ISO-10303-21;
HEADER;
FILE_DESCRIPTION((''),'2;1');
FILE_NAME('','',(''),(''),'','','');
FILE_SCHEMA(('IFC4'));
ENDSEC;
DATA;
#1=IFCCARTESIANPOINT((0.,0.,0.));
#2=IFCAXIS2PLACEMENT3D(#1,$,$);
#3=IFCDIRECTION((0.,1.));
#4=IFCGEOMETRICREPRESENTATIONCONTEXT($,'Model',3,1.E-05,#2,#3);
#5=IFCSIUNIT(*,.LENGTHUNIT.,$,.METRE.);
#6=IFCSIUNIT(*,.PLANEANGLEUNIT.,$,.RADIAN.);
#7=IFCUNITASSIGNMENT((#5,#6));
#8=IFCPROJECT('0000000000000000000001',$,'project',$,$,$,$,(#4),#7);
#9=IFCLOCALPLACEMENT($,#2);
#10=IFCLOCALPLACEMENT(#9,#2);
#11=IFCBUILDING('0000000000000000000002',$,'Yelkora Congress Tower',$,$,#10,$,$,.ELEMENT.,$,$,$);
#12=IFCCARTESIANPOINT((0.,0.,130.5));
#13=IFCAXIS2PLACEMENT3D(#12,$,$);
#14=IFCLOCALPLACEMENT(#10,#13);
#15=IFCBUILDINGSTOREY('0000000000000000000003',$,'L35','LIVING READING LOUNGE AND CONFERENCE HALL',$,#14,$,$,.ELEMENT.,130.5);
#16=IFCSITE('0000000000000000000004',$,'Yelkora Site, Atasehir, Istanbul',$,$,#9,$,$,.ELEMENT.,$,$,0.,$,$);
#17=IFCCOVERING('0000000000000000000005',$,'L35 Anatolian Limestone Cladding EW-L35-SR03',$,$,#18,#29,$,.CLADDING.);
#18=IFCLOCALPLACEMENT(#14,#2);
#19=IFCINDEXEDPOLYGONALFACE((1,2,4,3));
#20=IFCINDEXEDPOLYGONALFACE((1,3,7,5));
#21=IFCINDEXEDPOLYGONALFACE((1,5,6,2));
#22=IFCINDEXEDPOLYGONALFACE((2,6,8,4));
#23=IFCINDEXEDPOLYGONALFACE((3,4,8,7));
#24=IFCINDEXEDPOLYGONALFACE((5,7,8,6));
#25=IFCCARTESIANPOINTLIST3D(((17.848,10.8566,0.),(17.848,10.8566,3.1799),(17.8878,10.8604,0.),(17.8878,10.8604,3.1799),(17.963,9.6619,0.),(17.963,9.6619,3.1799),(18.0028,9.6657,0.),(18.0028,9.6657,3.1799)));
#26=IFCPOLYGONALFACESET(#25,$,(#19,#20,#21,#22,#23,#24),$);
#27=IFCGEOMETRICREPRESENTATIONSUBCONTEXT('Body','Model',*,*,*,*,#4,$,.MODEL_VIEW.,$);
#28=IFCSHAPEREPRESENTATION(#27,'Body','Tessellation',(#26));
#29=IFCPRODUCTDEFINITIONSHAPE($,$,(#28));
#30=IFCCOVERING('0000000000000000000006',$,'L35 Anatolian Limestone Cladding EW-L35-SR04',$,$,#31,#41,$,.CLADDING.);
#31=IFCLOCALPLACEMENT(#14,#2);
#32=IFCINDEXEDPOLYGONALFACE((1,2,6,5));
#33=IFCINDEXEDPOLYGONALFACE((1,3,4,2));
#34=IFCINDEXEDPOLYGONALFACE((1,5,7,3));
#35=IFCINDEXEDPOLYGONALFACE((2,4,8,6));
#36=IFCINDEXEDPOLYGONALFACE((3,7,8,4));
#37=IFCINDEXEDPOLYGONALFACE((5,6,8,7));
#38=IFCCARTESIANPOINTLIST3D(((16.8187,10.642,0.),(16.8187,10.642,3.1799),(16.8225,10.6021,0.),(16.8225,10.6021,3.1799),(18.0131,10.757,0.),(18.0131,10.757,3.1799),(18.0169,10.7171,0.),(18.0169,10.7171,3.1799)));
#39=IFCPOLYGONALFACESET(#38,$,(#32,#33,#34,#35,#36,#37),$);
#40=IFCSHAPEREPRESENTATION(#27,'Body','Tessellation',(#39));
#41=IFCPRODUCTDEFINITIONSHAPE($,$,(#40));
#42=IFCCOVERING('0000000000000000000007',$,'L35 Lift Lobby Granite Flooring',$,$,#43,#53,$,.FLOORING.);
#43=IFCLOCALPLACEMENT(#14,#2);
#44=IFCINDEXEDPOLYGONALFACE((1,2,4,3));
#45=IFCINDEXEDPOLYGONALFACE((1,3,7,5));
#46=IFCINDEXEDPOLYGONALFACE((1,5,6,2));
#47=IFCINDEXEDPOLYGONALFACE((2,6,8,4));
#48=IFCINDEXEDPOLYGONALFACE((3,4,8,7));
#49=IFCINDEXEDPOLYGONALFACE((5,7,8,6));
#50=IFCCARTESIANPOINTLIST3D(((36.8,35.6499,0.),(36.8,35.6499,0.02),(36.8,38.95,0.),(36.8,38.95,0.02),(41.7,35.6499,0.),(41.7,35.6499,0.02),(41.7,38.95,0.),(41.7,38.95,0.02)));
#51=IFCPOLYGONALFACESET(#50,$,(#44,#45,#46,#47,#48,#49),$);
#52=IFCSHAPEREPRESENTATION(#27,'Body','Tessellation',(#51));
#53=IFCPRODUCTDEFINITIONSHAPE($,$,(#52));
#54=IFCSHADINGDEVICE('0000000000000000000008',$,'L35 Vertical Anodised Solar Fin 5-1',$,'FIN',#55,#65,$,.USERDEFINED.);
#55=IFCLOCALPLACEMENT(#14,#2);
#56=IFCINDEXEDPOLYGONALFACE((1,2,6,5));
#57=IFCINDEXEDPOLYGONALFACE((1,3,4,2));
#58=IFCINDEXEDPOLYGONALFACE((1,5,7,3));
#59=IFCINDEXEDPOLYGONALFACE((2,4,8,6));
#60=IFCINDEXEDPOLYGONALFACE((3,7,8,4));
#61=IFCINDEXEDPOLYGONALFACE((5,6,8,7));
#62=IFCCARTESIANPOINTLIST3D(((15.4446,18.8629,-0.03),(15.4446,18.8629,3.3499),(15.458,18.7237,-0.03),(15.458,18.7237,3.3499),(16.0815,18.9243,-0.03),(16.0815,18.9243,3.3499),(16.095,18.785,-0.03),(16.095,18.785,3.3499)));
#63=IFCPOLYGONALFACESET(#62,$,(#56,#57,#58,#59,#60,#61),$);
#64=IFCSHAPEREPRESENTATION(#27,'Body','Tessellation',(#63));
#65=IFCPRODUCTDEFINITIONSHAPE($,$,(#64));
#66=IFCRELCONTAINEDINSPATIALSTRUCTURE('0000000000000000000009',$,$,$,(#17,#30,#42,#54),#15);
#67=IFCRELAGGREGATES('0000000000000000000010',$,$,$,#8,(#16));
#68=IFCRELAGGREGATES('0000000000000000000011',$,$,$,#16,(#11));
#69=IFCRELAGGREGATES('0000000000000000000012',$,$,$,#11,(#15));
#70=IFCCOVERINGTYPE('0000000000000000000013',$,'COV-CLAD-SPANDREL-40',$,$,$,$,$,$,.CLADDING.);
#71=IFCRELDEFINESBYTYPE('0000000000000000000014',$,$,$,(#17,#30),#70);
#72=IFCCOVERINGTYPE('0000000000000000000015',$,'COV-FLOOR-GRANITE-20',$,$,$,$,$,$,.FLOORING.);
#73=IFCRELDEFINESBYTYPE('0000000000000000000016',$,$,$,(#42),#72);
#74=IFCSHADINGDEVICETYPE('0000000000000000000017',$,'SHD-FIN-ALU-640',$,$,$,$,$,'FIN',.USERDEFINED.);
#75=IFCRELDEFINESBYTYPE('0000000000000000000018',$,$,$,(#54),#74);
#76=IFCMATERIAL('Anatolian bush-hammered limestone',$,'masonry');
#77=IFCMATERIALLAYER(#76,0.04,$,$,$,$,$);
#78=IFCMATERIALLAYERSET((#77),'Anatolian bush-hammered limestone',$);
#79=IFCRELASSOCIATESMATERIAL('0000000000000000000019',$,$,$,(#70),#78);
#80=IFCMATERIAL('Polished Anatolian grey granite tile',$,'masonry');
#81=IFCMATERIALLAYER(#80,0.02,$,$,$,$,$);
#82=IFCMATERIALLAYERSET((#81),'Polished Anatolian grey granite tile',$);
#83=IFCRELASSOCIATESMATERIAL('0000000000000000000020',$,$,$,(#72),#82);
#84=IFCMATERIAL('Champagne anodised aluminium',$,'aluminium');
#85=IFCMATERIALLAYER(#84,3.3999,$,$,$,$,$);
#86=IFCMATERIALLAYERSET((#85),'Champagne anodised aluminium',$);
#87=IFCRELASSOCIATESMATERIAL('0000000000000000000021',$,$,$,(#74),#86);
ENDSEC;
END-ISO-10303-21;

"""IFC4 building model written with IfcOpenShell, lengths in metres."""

from ifc_helpers import new_model, si_unit, direction, frame, frame_2d, origin, origin_2d, place, context, subcontext, project, spatial, polyline, rectangle, outline, extrude, material, layer, layer_set, type_object, element, save


model = new_model("IFC4")

# Units and contexts
model_context = context("Model", 3, precision=1e-05, world=origin(), true_north=direction((0.0, 1.0)))
body_context = subcontext(model_context, "Body", "Model", "MODEL_VIEW")
ifc_project = project(units=[si_unit("LENGTHUNIT", "METRE"), si_unit("PLANEANGLEUNIT", "RADIAN")], contexts=[model_context])

# Site, building, storey
site_placement = place(None, origin())
site = spatial("IfcSite", under=ifc_project, at=site_placement, Name="Yelkora Site, Atasehir, Istanbul", CompositionType="ELEMENT", RefElevation=0.0)
building_placement = place(site_placement, origin())
building = spatial("IfcBuilding", under=site, at=building_placement, Name="Yelkora Congress Tower", CompositionType="ELEMENT")
storey_placement = place(building_placement, frame((0.0, 0.0, 130.5)))
storey = spatial("IfcBuildingStorey", under=building, at=storey_placement, Name="L35", Description="LIVING READING LOUNGE AND CONFERENCE HALL", CompositionType="ELEMENT", Elevation=130.5)

# Coverings
ifc_material_1 = material(Name="Anatolian bush-hammered limestone", Category="masonry")
ifc_layer_1 = layer(ifc_material_1, 0.04)
ifc_layer_set_1 = layer_set([ifc_layer_1], Name="Anatolian bush-hammered limestone")
covering_type_1 = type_object("IfcCoveringType", Name="COV-CLAD-SPANDREL-40", PredefinedType="CLADDING", material=ifc_layer_set_1)
for number, where, z_axis, x_axis, name in (
    (1, (17.9829, 9.6638, 0.0), (0.0, 0.0, 1.0), (-0.095817, 0.995399, 0.0), "L35 Anatolian Limestone Cladding EW-L35-SR03"),
):
    element("IfcCovering", number, at=place(storey_placement, frame(where, z_axis=z_axis, x_axis=x_axis)), inside=storey, type_object=covering_type_1, Name=name, PredefinedType="CLADDING", context=body_context, shape_type="SweptSolid", body=[
        extrude(rectangle(XDim=1.2002, YDim=0.04, at=frame_2d((0.6001, 0.0))), origin(), (0.0, 0.0, 1.0), 3.1799),
    ])
covering_1_placement = place(storey_placement, frame((18.0151, 10.7371, 0.0), z_axis=(0.0, 0.0, 1.0), x_axis=(-0.995397, -0.095836, 0.0)))
element("IfcCovering", 2, at=covering_1_placement, inside=storey, type_object=covering_type_1, Name="L35 Anatolian Limestone Cladding EW-L35-SR04", PredefinedType="CLADDING", context=body_context, shape_type="SweptSolid", body=[
    extrude(rectangle(XDim=1.2, YDim=0.04, at=frame_2d((0.6001, 0.0))), origin(), (0.0, 0.0, 1.0), 3.1799),
])
ifc_material_2 = material(Name="Polished Anatolian grey granite tile", Category="masonry")
ifc_layer_2 = layer(ifc_material_2, 0.02)
ifc_layer_set_2 = layer_set([ifc_layer_2], Name="Polished Anatolian grey granite tile")
covering_type_2 = type_object("IfcCoveringType", Name="COV-FLOOR-GRANITE-20", PredefinedType="FLOORING", material=ifc_layer_set_2)
covering_2_placement = place(storey_placement, origin())
element("IfcCovering", 3, at=covering_2_placement, inside=storey, type_object=covering_type_2, Name="L35 Lift Lobby Granite Flooring", PredefinedType="FLOORING", context=body_context, shape_type="SweptSolid", body=[
    extrude(outline(polyline([(36.8, 35.6499), (41.7, 35.6499), (41.7, 38.95), (36.8, 38.95), (36.8, 35.6499)])), origin(), (0.0, 0.0, 1.0), 0.02),
])

# Shading device
ifc_material_3 = material(Name="Champagne anodised aluminium", Category="aluminium")
ifc_layer_3 = layer(ifc_material_3, 3.3999)
ifc_layer_set_3 = layer_set([ifc_layer_3], Name="Champagne anodised aluminium")
shading_device_type = type_object("IfcShadingDeviceType", Name="SHD-FIN-ALU-640", ElementType="FIN", PredefinedType="USERDEFINED", material=ifc_layer_set_3)
shading_device_placement = place(storey_placement, frame((15.7698, 18.824, -0.03), z_axis=(0.0, 0.0, 1.0), x_axis=(-0.095846, 0.995396, 0.0)))
element("IfcShadingDevice", 4, at=shading_device_placement, inside=storey, type_object=shading_device_type, Name="L35 Vertical Anodised Solar Fin 5-1", ObjectType="FIN", PredefinedType="USERDEFINED", context=body_context, shape_type="SweptSolid", body=[
    extrude(rectangle(XDim=0.1399, YDim=0.6399, at=origin_2d()), origin(), (0.0, 0.0, 1.0), 3.3799),
])

save(model, "model.ifc")
